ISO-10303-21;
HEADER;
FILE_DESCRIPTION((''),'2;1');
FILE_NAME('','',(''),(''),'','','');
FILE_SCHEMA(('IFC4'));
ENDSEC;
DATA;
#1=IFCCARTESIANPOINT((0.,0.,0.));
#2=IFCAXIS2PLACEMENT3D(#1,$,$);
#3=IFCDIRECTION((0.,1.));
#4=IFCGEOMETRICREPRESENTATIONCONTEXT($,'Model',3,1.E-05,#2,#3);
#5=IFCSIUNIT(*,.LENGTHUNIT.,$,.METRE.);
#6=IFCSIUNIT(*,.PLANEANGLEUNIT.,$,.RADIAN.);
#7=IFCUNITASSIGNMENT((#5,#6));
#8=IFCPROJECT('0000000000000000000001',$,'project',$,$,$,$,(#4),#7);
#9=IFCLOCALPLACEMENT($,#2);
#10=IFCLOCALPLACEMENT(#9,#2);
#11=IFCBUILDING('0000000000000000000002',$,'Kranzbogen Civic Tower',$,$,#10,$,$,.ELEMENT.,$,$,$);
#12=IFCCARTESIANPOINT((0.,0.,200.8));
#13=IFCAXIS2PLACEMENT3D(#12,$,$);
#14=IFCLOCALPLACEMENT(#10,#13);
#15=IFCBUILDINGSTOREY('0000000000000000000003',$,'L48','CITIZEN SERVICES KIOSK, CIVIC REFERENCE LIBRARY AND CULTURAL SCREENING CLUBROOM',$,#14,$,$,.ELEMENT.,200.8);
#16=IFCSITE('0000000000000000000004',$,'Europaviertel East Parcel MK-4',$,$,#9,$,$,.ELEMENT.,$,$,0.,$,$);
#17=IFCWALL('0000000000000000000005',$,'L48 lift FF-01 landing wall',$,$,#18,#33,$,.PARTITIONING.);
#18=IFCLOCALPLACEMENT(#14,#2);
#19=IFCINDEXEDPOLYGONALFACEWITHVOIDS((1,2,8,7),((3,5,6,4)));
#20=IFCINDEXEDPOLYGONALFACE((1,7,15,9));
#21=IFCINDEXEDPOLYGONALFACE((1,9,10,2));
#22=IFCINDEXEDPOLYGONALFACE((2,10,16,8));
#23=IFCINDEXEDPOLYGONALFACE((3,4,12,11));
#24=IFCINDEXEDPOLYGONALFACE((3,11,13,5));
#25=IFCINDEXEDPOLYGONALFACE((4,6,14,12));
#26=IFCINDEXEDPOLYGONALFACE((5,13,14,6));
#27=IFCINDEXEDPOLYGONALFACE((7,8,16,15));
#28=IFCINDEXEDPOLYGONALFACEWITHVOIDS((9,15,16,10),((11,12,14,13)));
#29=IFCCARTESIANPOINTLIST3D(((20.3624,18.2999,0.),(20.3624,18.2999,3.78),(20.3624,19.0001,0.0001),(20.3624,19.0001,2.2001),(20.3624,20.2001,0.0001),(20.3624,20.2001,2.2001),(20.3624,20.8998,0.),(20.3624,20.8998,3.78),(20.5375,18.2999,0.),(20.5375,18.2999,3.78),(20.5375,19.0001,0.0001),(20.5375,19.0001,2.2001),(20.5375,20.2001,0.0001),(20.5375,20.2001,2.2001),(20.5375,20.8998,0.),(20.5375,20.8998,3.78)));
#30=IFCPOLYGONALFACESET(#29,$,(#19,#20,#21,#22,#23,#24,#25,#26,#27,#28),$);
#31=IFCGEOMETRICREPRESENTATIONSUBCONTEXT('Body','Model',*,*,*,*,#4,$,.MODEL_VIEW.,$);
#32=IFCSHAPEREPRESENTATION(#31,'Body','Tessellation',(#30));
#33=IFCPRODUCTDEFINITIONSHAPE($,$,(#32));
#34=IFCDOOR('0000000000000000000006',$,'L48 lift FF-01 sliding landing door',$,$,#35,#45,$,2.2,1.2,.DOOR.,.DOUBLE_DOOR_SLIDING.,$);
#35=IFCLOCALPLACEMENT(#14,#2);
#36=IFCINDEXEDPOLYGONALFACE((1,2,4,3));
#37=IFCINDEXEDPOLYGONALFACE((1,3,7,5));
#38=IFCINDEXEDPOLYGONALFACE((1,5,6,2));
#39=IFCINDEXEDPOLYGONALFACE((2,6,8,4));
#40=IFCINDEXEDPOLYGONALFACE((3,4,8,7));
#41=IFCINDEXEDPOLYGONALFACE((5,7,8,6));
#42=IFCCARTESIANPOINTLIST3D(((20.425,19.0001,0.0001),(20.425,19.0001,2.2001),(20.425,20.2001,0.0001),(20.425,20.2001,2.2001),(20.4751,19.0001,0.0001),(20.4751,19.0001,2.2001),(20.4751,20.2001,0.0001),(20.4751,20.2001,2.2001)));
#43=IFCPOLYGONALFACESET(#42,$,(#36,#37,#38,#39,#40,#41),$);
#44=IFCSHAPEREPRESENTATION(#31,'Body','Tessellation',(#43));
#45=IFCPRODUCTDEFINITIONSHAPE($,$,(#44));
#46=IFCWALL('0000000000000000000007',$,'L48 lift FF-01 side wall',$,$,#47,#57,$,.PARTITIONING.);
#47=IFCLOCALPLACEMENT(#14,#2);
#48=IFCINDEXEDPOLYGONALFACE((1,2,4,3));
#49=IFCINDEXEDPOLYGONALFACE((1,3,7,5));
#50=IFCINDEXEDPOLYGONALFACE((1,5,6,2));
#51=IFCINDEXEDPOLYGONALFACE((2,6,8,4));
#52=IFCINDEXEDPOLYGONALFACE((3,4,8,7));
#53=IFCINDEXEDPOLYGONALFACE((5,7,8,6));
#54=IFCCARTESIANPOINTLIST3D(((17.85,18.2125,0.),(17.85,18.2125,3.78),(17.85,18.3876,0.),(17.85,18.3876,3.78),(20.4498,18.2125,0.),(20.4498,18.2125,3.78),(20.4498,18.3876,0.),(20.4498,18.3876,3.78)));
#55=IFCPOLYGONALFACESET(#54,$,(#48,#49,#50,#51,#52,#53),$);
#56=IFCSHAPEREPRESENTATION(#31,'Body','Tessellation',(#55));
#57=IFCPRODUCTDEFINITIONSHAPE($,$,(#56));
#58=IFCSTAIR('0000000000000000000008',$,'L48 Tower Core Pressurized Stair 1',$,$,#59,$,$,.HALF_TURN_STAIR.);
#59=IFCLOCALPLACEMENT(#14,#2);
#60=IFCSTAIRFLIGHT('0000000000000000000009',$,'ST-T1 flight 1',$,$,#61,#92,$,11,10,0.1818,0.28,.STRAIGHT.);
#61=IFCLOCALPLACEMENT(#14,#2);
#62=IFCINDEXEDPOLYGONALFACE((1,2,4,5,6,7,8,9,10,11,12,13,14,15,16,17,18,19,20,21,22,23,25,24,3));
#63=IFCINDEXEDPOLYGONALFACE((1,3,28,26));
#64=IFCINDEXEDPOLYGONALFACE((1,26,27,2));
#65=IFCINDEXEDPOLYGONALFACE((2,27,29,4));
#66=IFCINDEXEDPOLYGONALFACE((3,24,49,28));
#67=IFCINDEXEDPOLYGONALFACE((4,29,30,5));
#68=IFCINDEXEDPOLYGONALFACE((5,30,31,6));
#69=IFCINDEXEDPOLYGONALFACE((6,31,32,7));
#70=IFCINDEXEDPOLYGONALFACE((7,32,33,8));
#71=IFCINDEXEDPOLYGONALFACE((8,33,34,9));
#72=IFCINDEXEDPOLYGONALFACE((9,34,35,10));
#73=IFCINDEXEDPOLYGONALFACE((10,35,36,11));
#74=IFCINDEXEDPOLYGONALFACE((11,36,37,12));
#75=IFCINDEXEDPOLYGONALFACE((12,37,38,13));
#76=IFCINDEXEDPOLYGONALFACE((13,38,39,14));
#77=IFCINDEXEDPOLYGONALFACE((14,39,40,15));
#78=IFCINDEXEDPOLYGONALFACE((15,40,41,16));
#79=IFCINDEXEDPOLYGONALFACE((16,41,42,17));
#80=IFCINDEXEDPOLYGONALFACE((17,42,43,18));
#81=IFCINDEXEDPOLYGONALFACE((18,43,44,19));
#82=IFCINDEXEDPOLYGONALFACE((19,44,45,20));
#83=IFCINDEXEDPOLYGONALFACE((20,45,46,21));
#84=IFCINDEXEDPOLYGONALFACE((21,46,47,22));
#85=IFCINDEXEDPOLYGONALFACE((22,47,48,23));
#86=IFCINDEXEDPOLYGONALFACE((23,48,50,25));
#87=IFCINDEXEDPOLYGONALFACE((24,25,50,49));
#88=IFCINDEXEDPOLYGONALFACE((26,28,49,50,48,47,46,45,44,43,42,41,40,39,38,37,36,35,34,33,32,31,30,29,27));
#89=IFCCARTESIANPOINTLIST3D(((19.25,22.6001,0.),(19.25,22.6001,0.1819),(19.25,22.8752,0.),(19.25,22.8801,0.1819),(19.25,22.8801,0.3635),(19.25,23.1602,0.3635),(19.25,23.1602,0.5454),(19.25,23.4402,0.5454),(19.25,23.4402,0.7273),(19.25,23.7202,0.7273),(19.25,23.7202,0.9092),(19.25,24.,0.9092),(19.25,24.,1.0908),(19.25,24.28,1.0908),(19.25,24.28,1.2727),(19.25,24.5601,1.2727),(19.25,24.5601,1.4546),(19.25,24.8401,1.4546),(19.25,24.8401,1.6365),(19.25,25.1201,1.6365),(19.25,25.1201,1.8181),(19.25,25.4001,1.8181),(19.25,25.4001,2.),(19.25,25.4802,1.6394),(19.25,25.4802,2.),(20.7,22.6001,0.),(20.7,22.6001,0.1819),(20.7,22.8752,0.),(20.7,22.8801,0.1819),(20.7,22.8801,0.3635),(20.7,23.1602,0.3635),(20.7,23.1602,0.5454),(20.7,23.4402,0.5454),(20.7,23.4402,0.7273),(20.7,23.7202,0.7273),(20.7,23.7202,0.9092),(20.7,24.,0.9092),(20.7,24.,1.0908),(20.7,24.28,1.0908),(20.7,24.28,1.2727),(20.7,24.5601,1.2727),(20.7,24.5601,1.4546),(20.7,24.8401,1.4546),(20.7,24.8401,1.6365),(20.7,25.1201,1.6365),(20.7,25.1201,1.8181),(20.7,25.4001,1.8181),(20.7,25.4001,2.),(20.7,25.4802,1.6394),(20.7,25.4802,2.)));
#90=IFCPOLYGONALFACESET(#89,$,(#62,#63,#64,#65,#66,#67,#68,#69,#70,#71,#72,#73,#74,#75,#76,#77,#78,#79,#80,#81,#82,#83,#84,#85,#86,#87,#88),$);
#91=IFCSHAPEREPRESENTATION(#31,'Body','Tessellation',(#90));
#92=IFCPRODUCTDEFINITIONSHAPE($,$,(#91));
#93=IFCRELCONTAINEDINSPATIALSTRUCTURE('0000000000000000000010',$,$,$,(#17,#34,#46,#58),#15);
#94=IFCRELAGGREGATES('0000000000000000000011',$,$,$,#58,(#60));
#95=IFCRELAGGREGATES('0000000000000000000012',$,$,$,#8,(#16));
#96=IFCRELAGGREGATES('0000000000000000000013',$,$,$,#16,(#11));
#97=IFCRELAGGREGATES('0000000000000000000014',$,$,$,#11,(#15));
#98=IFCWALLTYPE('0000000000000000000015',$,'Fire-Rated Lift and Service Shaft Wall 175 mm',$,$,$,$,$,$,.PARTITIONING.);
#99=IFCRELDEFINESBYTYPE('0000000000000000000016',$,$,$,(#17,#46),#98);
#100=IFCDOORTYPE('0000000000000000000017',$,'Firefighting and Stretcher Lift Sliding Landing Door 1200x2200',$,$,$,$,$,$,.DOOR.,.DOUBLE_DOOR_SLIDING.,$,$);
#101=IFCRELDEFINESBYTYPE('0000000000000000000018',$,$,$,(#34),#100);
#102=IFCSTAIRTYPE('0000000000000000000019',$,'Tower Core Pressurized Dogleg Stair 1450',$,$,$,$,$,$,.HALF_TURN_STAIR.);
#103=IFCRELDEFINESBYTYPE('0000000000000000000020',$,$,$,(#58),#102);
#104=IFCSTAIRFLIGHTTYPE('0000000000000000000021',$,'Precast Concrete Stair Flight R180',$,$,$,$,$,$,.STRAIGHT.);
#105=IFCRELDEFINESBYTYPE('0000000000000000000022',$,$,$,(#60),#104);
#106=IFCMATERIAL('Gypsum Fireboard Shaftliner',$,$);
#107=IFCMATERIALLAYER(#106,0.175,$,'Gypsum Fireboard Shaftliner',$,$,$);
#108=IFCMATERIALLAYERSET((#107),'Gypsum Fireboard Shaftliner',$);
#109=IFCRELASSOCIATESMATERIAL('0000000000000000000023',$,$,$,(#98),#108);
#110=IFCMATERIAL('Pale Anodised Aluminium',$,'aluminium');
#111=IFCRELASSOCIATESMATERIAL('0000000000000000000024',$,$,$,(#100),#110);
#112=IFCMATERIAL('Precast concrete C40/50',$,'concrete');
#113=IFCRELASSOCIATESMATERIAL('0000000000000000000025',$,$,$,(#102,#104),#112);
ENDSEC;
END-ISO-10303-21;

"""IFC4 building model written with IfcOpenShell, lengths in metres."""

from ifc_helpers import new_model, si_unit, direction, frame, frame_2d, origin, place, context, subcontext, project, spatial, polyline, rectangle, outline, extrude, material, layer, layer_set, type_object, element, fill, aggregate, save


model = new_model("IFC4")

# Units and contexts
model_context = context("Model", 3, precision=1e-05, world=origin(), true_north=direction((0.0, 1.0)))
body_context = subcontext(model_context, "Body", "Model", "MODEL_VIEW")
ifc_project = project(units=[si_unit("LENGTHUNIT", "METRE"), si_unit("PLANEANGLEUNIT", "RADIAN")], contexts=[model_context])

# Site, building, storey
site_placement = place(None, origin())
site = spatial("IfcSite", under=ifc_project, at=site_placement, Name="Europaviertel East Parcel MK-4", CompositionType="ELEMENT", RefElevation=0.0)
building_placement = place(site_placement, origin())
building = spatial("IfcBuilding", under=site, at=building_placement, Name="Kranzbogen Civic Tower", CompositionType="ELEMENT")
storey_placement = place(building_placement, frame((0.0, 0.0, 200.8)))
storey = spatial("IfcBuildingStorey", under=building, at=storey_placement, Name="L48", Description="CITIZEN SERVICES KIOSK, CIVIC REFERENCE LIBRARY AND CULTURAL SCREENING CLUBROOM", CompositionType="ELEMENT", Elevation=200.8)

# Wall, opening, door
ifc_material_1 = material(Name="Gypsum Fireboard Shaftliner")
ifc_layer_1 = layer(ifc_material_1, 0.175, Name="Gypsum Fireboard Shaftliner")
ifc_layer_set_1 = layer_set([ifc_layer_1], Name="Gypsum Fireboard Shaftliner")
wall_type_1 = type_object("IfcWallType", Name="Fire-Rated Lift and Service Shaft Wall 175 mm", PredefinedType="PARTITIONING", material=ifc_layer_set_1)
wall_1_placement = place(storey_placement, frame((20.45, 18.3, 0.0), z_axis=(0.0, 0.0, 1.0), x_axis=(0.0, 1.0, 0.0)))
wall_1 = element("IfcWall", 1, at=wall_1_placement, inside=storey, type_object=wall_type_1, Name="L48 lift FF-01 landing wall", PredefinedType="PARTITIONING", context=body_context, shape_type="SweptSolid", body=[
    extrude(rectangle(XDim=2.5999, YDim=0.175, at=frame_2d((1.2998, 0.0))), origin(), (0.0, 0.0, 1.0), 3.78),
])
opening_1_placement = place(wall_1_placement, frame((0.7, 0.0, 0.0)))
opening_1 = element("IfcOpeningElement", 2, at=opening_1_placement, cuts=wall_1, PredefinedType="OPENING", context=body_context, shape_type="SweptSolid", body=[
    extrude(rectangle(XDim=1.2, YDim=2.2, at=frame_2d((0.6001, 1.1001))), frame((0.0, 0.0977, 0.0), z_axis=(0.0, -1.0, 0.0), x_axis=(1.0, 0.0, 0.0)), (0.0, 0.0, 1.0), 0.1951),
])
ifc_material_2 = material(Name="Pale Anodised Aluminium", Category="aluminium")
door_type_1 = type_object("IfcDoorType", Name="Firefighting and Stretcher Lift Sliding Landing Door 1200x2200", OperationType="DOUBLE_DOOR_SLIDING", PredefinedType="DOOR", material=ifc_material_2)
door_1_placement = place(opening_1_placement, origin())
door_1 = element("IfcDoor", 3, at=door_1_placement, inside=storey, type_object=door_type_1, Name="L48 lift FF-01 sliding landing door", OperationType="DOUBLE_DOOR_SLIDING", OverallHeight=2.2, OverallWidth=1.2, PredefinedType="DOOR", context=body_context, shape_type="SweptSolid", body=[
    extrude(rectangle(XDim=1.2, YDim=2.2, at=frame_2d((0.6001, 1.1001))), frame((0.0, 0.0249, 0.0), z_axis=(0.0, -1.0, 0.0), x_axis=(1.0, 0.0, 0.0)), (0.0, 0.0, 1.0), 0.05),
])
fill(opening_1, door_1)

# Wall
wall_2_placement = place(storey_placement, frame((17.8501, 18.3, 0.0), z_axis=(0.0, 0.0, 1.0), x_axis=(1.0, 0.0, 0.0)))
element("IfcWall", 4, at=wall_2_placement, inside=storey, type_object=wall_type_1, Name="L48 lift FF-01 side wall", PredefinedType="PARTITIONING", context=body_context, shape_type="SweptSolid", body=[
    extrude(rectangle(XDim=2.5999, YDim=0.175, at=frame_2d((1.2998, 0.0))), origin(), (0.0, 0.0, 1.0), 3.78),
])

# Stair, stair flight
ifc_material_3 = material(Name="Precast concrete C40/50", Category="concrete")
stair_type = type_object("IfcStairType", Name="Tower Core Pressurized Dogleg Stair 1450", PredefinedType="HALF_TURN_STAIR", material=ifc_material_3)
stair_placement = place(storey_placement, origin())
stair = element("IfcStair", 5, at=stair_placement, inside=storey, type_object=stair_type, Name="L48 Tower Core Pressurized Stair 1", PredefinedType="HALF_TURN_STAIR")
stair_flight_type = type_object("IfcStairFlightType", Name="Precast Concrete Stair Flight R180", PredefinedType="STRAIGHT", material=ifc_material_3)
stair_flight_placement = place(storey_placement, frame((19.9751, 22.6001, 0.0), z_axis=(0.0, 0.0, 1.0), x_axis=(0.0, 1.0, 0.0)))
stair_flight = element("IfcStairFlight", 6, at=stair_flight_placement, type_object=stair_flight_type, Name="ST-T1 flight 1", NumberOfRisers=11, NumberOfTreads=10, PredefinedType="STRAIGHT", RiserHeight=0.1818, TreadLength=0.28, context=body_context, shape_type="SweptSolid", body=[
    extrude(outline(polyline([(0.0, 0.0), (0.0, 0.1819), (0.28, 0.1819), (0.28, 0.3635), (0.5601, 0.3635), (0.5601, 0.5454), (0.8401, 0.5454), (0.8401, 0.7273), (1.1201, 0.7273), (1.1201, 0.9092), (1.3999, 0.9092), (1.3999, 1.0908), (1.6799, 1.0908), (1.6799, 1.2727), (1.96, 1.2727), (1.96, 1.4546), (2.24, 1.4546), (2.24, 1.6365), (2.52, 1.6365), (2.52, 1.8181), (2.8, 1.8181), (2.8, 2.0), (2.8801, 2.0), (2.8801, 1.6394), (0.2751, 0.0), (0.0, 0.0)])), frame((0.0, 0.7251, 0.0), z_axis=(0.0, -1.0, 0.0), x_axis=(1.0, 0.0, 0.0)), (0.0, 0.0, 1.0), 1.45),
])
aggregate(stair, [stair_flight])

save(model, "model.ifc")
